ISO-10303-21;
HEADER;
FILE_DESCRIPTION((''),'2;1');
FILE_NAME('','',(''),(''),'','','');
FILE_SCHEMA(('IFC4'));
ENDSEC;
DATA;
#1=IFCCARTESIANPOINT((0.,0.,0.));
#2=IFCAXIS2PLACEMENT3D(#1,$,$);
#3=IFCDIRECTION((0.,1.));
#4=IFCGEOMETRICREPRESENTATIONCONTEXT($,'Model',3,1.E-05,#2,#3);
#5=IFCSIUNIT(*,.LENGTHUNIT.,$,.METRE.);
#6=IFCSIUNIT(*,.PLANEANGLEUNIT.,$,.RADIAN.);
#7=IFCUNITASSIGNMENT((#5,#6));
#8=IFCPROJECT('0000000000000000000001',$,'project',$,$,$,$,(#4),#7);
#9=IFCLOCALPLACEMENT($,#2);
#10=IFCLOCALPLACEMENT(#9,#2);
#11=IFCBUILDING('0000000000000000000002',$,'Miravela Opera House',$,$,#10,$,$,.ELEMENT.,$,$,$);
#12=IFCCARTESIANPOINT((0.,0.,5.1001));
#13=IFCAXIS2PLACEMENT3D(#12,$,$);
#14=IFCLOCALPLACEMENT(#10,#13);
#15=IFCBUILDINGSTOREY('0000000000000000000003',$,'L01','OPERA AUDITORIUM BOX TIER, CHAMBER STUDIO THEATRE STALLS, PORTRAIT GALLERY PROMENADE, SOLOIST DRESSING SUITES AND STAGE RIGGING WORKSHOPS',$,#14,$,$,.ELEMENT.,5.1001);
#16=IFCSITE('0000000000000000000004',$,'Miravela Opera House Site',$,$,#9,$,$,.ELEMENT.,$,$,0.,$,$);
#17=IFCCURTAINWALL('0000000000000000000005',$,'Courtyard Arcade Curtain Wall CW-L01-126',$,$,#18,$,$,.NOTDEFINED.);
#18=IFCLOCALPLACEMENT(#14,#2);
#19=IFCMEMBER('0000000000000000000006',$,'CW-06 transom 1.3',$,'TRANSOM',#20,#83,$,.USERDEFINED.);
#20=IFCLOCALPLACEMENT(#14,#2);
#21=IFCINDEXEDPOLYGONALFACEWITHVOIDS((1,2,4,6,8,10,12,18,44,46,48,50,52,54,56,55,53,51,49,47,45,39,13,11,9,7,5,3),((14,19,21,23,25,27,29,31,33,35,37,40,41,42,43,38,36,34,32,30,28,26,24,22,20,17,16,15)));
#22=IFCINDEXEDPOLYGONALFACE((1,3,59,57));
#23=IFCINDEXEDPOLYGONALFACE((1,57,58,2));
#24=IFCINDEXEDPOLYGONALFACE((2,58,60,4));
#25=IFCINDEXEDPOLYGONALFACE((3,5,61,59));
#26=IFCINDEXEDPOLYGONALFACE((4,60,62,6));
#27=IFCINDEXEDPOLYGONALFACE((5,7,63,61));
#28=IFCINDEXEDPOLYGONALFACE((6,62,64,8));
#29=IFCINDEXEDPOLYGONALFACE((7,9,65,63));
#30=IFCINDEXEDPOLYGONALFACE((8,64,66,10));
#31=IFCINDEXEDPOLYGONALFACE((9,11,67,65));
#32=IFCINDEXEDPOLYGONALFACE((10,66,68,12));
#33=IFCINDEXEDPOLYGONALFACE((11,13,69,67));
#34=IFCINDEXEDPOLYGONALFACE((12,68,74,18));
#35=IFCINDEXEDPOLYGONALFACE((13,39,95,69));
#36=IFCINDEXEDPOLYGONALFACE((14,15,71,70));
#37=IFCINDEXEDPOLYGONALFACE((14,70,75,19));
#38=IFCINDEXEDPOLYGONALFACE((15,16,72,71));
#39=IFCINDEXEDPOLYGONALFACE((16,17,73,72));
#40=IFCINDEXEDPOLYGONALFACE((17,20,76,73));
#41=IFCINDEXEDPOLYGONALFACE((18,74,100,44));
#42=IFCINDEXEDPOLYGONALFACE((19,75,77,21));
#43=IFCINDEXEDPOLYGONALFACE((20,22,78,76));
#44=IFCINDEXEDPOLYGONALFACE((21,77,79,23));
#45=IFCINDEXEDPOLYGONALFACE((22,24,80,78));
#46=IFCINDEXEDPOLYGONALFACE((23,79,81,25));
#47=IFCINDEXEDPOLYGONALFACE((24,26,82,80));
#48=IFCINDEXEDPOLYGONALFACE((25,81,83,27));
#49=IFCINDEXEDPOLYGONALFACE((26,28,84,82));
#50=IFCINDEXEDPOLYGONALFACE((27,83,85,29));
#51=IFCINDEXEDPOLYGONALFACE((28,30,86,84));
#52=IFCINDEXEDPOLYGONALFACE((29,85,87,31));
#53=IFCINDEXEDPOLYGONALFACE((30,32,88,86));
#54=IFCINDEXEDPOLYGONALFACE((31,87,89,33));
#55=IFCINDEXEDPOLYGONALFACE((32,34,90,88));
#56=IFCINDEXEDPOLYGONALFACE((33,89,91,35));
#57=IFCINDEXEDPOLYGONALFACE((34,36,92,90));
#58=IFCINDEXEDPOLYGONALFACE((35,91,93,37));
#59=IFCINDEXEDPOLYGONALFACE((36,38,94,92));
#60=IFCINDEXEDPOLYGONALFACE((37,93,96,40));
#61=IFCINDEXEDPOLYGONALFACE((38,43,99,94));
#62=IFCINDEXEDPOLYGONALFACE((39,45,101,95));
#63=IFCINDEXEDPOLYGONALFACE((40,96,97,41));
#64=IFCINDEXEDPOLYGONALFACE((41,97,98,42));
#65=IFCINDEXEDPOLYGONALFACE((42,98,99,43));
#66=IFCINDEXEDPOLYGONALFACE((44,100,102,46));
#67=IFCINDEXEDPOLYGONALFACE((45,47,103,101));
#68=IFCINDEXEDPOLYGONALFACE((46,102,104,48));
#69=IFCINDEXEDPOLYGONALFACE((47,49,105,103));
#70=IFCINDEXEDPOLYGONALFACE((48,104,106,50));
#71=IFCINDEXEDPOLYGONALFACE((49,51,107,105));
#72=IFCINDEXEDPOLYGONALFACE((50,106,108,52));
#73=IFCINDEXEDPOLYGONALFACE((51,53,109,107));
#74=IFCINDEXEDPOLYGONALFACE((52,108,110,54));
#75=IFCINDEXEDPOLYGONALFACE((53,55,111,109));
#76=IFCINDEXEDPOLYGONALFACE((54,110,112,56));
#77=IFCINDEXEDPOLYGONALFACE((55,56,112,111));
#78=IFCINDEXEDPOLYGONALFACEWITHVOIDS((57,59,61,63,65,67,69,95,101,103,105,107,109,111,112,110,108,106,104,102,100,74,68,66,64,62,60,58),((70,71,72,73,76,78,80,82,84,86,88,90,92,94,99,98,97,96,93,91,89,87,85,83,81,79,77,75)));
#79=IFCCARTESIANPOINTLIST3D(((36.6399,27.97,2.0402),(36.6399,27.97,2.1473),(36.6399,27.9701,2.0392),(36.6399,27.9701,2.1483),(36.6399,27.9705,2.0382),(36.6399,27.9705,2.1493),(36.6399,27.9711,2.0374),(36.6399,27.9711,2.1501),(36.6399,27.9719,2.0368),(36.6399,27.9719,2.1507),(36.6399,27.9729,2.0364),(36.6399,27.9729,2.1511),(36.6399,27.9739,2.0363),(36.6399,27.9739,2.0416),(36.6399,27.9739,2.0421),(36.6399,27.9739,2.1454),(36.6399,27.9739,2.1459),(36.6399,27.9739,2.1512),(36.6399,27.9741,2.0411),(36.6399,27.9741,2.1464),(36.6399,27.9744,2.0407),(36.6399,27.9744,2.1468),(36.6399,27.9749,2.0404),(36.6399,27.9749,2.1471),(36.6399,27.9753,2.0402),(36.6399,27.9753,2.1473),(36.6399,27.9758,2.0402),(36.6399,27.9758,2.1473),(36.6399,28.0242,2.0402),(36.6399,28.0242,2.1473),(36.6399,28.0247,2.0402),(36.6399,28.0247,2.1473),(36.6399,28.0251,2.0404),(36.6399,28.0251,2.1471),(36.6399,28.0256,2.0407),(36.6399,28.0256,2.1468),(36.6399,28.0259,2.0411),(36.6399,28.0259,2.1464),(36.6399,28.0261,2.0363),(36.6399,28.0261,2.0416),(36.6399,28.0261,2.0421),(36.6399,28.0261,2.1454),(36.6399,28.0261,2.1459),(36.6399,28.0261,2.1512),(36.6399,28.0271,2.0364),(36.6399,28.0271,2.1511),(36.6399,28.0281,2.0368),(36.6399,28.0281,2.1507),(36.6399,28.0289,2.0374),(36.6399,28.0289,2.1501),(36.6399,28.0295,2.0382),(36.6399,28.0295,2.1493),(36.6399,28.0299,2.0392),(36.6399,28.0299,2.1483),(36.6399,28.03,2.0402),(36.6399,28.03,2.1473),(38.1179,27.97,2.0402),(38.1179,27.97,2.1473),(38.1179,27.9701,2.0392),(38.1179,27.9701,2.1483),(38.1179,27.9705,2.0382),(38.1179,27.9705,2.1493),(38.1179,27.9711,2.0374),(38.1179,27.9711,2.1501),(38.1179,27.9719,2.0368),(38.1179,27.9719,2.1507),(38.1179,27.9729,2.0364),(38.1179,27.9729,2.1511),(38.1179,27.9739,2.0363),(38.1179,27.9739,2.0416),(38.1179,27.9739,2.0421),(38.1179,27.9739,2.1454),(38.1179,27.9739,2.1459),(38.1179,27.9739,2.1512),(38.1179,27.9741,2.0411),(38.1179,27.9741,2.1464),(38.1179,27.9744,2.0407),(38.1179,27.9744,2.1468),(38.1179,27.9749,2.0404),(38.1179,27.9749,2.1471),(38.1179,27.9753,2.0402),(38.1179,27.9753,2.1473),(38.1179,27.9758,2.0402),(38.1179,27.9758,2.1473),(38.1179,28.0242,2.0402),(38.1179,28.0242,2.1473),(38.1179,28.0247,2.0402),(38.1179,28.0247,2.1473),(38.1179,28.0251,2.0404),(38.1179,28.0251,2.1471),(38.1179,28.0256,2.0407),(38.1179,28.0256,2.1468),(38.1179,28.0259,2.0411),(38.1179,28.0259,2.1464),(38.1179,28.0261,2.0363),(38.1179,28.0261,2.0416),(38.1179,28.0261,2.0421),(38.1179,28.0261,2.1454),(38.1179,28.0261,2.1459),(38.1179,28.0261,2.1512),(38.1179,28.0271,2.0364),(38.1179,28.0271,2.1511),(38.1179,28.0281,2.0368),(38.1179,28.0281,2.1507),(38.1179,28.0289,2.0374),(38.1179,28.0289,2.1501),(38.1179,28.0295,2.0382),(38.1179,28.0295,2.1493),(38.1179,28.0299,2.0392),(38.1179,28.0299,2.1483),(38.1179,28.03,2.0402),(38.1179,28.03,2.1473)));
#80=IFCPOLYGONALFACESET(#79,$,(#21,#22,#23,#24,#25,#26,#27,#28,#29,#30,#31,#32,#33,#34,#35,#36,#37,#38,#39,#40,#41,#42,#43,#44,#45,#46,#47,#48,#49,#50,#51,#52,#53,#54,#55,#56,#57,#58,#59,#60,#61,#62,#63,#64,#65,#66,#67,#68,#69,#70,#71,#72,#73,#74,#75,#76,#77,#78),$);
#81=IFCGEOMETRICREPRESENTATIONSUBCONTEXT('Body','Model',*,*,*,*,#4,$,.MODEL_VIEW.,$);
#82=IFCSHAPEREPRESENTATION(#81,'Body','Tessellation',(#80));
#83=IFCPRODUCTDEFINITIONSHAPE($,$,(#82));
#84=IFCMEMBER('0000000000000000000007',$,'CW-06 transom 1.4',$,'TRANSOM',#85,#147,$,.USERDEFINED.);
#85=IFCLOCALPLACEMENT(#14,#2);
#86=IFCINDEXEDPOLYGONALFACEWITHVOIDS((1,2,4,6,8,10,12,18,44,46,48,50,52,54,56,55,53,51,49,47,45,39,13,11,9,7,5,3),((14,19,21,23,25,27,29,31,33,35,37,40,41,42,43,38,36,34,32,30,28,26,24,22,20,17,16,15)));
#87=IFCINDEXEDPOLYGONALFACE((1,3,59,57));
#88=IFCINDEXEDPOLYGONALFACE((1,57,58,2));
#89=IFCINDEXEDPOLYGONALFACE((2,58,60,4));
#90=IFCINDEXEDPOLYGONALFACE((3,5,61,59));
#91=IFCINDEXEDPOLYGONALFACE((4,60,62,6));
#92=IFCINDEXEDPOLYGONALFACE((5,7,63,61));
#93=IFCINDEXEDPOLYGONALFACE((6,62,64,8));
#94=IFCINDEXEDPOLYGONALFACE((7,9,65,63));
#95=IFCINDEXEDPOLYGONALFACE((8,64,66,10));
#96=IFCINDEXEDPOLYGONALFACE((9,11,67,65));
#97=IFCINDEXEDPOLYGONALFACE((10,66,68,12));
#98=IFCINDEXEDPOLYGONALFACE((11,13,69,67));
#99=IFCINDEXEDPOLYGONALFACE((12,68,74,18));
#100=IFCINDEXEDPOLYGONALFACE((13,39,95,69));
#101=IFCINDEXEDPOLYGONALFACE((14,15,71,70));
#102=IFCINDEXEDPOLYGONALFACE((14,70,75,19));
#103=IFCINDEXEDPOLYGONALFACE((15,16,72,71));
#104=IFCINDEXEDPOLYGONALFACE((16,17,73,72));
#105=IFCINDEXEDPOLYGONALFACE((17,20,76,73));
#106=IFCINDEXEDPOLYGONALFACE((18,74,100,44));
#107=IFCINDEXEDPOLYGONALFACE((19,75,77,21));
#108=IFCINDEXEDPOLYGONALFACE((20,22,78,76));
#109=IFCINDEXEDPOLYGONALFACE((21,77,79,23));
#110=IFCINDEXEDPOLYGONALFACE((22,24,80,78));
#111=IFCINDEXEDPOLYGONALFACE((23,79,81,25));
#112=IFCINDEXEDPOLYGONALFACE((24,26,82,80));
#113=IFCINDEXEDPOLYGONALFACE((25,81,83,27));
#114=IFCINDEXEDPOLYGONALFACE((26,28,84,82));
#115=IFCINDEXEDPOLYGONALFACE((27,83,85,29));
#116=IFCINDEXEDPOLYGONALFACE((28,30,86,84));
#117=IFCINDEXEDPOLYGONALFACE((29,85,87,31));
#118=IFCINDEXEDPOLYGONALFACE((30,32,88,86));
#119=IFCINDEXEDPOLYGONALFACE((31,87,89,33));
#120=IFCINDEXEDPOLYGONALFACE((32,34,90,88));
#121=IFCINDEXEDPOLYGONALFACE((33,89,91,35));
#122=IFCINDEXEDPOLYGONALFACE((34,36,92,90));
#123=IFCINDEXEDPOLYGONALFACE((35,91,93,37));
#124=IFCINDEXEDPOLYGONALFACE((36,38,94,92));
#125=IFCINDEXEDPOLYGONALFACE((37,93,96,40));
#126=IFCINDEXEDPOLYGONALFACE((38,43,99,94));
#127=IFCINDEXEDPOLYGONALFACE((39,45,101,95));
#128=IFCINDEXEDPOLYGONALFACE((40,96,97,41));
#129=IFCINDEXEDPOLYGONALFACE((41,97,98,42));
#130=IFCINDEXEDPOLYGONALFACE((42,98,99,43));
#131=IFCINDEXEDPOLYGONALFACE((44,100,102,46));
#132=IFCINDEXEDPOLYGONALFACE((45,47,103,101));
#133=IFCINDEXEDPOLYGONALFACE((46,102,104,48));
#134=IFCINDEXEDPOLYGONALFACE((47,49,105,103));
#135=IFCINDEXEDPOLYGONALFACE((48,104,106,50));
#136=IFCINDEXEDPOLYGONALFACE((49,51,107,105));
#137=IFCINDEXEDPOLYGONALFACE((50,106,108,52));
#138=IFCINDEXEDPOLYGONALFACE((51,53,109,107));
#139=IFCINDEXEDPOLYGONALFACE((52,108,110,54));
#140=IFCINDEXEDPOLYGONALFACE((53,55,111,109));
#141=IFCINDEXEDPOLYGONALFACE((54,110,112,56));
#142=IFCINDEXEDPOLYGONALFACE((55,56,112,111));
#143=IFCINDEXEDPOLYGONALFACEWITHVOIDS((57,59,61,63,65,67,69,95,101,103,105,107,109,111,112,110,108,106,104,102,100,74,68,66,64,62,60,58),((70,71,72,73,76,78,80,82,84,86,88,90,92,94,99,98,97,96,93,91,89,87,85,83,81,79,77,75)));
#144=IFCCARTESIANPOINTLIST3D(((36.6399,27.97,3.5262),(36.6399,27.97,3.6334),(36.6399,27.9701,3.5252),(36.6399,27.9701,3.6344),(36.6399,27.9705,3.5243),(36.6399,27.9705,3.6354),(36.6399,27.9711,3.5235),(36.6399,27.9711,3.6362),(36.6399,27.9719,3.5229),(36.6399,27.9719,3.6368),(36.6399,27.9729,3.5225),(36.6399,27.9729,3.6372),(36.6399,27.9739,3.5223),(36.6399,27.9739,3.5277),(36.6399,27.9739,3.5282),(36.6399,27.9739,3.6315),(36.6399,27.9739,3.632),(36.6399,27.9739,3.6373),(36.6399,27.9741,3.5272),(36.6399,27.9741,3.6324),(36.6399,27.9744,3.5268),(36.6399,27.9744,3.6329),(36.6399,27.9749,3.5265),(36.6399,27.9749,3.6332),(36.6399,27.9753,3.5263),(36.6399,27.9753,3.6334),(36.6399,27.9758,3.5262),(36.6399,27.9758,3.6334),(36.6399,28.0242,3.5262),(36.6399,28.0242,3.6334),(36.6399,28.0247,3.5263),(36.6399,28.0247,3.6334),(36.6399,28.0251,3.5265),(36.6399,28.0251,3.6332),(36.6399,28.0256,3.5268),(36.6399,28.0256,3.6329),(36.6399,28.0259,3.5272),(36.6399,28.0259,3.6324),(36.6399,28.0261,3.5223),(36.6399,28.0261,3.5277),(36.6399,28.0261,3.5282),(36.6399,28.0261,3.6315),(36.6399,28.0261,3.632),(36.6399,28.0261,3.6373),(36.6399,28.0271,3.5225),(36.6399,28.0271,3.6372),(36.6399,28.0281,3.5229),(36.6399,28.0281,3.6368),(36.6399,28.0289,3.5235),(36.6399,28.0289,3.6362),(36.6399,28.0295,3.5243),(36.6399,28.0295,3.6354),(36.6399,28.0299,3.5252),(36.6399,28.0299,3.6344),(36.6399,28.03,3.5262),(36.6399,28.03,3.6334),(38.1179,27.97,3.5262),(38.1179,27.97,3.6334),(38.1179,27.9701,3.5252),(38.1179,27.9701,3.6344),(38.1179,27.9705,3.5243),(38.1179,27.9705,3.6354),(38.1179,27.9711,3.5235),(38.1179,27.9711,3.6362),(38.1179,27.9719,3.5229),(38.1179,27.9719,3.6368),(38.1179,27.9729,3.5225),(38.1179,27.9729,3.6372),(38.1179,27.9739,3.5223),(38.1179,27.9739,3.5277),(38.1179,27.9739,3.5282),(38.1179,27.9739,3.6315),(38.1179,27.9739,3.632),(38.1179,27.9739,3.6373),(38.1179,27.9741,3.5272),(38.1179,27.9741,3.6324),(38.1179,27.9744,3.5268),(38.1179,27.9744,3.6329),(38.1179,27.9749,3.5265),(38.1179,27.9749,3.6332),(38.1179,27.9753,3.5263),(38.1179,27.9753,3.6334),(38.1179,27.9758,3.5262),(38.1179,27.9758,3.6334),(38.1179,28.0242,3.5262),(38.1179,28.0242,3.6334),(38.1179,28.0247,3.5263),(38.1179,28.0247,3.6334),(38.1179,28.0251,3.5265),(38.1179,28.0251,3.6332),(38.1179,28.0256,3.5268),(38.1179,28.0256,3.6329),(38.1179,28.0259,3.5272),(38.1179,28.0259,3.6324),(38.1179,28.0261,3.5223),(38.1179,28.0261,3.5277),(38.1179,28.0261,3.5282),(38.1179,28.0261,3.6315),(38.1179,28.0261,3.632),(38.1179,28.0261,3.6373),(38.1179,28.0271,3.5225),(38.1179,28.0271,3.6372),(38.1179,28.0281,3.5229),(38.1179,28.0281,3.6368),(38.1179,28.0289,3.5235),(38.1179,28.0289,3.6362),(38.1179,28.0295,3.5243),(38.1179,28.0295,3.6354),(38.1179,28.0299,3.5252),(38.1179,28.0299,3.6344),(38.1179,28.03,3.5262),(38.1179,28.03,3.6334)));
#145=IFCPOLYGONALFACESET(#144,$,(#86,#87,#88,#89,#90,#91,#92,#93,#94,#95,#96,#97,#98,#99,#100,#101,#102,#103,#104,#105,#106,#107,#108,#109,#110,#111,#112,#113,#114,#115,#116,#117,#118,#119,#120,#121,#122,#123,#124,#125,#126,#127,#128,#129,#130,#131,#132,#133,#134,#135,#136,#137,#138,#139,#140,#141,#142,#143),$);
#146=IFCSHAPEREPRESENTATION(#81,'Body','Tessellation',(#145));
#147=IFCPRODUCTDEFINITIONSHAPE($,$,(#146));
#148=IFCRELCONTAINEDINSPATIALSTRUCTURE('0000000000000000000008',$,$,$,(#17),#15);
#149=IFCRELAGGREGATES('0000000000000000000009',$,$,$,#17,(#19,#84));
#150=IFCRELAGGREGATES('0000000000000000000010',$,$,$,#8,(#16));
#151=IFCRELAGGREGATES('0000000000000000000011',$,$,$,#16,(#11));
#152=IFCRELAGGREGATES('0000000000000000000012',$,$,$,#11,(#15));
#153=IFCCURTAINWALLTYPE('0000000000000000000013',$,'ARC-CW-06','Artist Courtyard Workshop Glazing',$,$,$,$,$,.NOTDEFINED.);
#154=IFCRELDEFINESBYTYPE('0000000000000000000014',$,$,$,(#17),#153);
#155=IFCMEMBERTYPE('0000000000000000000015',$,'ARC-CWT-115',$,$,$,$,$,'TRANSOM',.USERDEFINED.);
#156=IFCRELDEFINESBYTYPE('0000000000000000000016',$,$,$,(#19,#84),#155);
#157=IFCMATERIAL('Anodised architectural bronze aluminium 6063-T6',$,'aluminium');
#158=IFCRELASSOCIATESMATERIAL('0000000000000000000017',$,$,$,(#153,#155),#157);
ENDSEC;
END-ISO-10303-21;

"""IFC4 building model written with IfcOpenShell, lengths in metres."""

from ifc_helpers import new_model, si_unit, direction, frame, origin, origin_2d, place, context, subcontext, project, spatial, hollow_rectangle, extrude, material, material_profile, profile_set, type_object, element, aggregate, save


model = new_model("IFC4")

# Units and contexts
model_context = context("Model", 3, precision=1e-05, world=origin(), true_north=direction((0.0, 1.0)))
body_context = subcontext(model_context, "Body", "Model", "MODEL_VIEW")
ifc_project = project(units=[si_unit("LENGTHUNIT", "METRE"), si_unit("PLANEANGLEUNIT", "RADIAN")], contexts=[model_context])

# Site, building, storey
site_placement = place(None, origin())
site = spatial("IfcSite", under=ifc_project, at=site_placement, Name="Miravela Opera House Site", CompositionType="ELEMENT", RefElevation=0.0)
building_placement = place(site_placement, origin())
building = spatial("IfcBuilding", under=site, at=building_placement, Name="Miravela Opera House", CompositionType="ELEMENT")
storey_placement = place(building_placement, frame((0.0, 0.0, 5.1001)))
storey = spatial("IfcBuildingStorey", under=building, at=storey_placement, Name="L01", Description="OPERA AUDITORIUM BOX TIER, CHAMBER STUDIO THEATRE STALLS, PORTRAIT GALLERY PROMENADE, SOLOIST DRESSING SUITES AND STAGE RIGGING WORKSHOPS", CompositionType="ELEMENT", Elevation=5.1001)

# Shared definitions
ifc_material_1 = material(Name="Anodised architectural bronze aluminium 6063-T6", Category="aluminium")
curtain_wall_type = type_object("IfcCurtainWallType", Name="ARC-CW-06", Description="Artist Courtyard Workshop Glazing", PredefinedType="NOTDEFINED", material=ifc_material_1)

# Curtain wall, members
curtain_wall_1_placement = place(storey_placement, origin())
curtain_wall_1 = element("IfcCurtainWall", 1, at=curtain_wall_1_placement, inside=storey, type_object=curtain_wall_type, Name="Courtyard Arcade Curtain Wall CW-L01-126", PredefinedType="NOTDEFINED")
ifc_material_profile_1 = material_profile(ifc_material_1, hollow_rectangle(XDim=0.0601, YDim=0.115, WallThickness=0.0039, InnerFilletRadius=0.002, OuterFilletRadius=0.0039, at=origin_2d()), Name="CWT-60X115")
ifc_profile_set_1 = profile_set([ifc_material_profile_1])
member_type_1 = type_object("IfcMemberType", Name="ARC-CWT-115", ElementType="TRANSOM", PredefinedType="USERDEFINED", material=ifc_profile_set_1)
member_1_placement = place(storey_placement, frame((36.6399, 28.0, 2.0938), z_axis=(1.0, 0.0, 0.0), x_axis=(0.0, 1.0, 0.0)))
member_1 = element("IfcMember", 2, at=member_1_placement, type_object=member_type_1, Name="CW-06 transom 1.3", ObjectType="TRANSOM", PredefinedType="USERDEFINED", context=body_context, shape_type="SweptSolid", body=[
    extrude(hollow_rectangle(XDim=0.0601, YDim=0.115, WallThickness=0.0039, InnerFilletRadius=0.002, OuterFilletRadius=0.0039, at=origin_2d()), origin(), (0.0, 0.0, 1.0), 1.478),
])
member_2_placement = place(storey_placement, frame((36.6399, 28.0, 3.5798), z_axis=(1.0, 0.0, 0.0), x_axis=(0.0, 1.0, 0.0)))
member_2 = element("IfcMember", 3, at=member_2_placement, type_object=member_type_1, Name="CW-06 transom 1.4", ObjectType="TRANSOM", PredefinedType="USERDEFINED", context=body_context, shape_type="SweptSolid", body=[
    extrude(hollow_rectangle(XDim=0.0601, YDim=0.115, WallThickness=0.0039, InnerFilletRadius=0.002, OuterFilletRadius=0.0039, at=origin_2d()), origin(), (0.0, 0.0, 1.0), 1.478),
])

aggregate(curtain_wall_1, [member_1, member_2])

save(model, "model.ifc")
